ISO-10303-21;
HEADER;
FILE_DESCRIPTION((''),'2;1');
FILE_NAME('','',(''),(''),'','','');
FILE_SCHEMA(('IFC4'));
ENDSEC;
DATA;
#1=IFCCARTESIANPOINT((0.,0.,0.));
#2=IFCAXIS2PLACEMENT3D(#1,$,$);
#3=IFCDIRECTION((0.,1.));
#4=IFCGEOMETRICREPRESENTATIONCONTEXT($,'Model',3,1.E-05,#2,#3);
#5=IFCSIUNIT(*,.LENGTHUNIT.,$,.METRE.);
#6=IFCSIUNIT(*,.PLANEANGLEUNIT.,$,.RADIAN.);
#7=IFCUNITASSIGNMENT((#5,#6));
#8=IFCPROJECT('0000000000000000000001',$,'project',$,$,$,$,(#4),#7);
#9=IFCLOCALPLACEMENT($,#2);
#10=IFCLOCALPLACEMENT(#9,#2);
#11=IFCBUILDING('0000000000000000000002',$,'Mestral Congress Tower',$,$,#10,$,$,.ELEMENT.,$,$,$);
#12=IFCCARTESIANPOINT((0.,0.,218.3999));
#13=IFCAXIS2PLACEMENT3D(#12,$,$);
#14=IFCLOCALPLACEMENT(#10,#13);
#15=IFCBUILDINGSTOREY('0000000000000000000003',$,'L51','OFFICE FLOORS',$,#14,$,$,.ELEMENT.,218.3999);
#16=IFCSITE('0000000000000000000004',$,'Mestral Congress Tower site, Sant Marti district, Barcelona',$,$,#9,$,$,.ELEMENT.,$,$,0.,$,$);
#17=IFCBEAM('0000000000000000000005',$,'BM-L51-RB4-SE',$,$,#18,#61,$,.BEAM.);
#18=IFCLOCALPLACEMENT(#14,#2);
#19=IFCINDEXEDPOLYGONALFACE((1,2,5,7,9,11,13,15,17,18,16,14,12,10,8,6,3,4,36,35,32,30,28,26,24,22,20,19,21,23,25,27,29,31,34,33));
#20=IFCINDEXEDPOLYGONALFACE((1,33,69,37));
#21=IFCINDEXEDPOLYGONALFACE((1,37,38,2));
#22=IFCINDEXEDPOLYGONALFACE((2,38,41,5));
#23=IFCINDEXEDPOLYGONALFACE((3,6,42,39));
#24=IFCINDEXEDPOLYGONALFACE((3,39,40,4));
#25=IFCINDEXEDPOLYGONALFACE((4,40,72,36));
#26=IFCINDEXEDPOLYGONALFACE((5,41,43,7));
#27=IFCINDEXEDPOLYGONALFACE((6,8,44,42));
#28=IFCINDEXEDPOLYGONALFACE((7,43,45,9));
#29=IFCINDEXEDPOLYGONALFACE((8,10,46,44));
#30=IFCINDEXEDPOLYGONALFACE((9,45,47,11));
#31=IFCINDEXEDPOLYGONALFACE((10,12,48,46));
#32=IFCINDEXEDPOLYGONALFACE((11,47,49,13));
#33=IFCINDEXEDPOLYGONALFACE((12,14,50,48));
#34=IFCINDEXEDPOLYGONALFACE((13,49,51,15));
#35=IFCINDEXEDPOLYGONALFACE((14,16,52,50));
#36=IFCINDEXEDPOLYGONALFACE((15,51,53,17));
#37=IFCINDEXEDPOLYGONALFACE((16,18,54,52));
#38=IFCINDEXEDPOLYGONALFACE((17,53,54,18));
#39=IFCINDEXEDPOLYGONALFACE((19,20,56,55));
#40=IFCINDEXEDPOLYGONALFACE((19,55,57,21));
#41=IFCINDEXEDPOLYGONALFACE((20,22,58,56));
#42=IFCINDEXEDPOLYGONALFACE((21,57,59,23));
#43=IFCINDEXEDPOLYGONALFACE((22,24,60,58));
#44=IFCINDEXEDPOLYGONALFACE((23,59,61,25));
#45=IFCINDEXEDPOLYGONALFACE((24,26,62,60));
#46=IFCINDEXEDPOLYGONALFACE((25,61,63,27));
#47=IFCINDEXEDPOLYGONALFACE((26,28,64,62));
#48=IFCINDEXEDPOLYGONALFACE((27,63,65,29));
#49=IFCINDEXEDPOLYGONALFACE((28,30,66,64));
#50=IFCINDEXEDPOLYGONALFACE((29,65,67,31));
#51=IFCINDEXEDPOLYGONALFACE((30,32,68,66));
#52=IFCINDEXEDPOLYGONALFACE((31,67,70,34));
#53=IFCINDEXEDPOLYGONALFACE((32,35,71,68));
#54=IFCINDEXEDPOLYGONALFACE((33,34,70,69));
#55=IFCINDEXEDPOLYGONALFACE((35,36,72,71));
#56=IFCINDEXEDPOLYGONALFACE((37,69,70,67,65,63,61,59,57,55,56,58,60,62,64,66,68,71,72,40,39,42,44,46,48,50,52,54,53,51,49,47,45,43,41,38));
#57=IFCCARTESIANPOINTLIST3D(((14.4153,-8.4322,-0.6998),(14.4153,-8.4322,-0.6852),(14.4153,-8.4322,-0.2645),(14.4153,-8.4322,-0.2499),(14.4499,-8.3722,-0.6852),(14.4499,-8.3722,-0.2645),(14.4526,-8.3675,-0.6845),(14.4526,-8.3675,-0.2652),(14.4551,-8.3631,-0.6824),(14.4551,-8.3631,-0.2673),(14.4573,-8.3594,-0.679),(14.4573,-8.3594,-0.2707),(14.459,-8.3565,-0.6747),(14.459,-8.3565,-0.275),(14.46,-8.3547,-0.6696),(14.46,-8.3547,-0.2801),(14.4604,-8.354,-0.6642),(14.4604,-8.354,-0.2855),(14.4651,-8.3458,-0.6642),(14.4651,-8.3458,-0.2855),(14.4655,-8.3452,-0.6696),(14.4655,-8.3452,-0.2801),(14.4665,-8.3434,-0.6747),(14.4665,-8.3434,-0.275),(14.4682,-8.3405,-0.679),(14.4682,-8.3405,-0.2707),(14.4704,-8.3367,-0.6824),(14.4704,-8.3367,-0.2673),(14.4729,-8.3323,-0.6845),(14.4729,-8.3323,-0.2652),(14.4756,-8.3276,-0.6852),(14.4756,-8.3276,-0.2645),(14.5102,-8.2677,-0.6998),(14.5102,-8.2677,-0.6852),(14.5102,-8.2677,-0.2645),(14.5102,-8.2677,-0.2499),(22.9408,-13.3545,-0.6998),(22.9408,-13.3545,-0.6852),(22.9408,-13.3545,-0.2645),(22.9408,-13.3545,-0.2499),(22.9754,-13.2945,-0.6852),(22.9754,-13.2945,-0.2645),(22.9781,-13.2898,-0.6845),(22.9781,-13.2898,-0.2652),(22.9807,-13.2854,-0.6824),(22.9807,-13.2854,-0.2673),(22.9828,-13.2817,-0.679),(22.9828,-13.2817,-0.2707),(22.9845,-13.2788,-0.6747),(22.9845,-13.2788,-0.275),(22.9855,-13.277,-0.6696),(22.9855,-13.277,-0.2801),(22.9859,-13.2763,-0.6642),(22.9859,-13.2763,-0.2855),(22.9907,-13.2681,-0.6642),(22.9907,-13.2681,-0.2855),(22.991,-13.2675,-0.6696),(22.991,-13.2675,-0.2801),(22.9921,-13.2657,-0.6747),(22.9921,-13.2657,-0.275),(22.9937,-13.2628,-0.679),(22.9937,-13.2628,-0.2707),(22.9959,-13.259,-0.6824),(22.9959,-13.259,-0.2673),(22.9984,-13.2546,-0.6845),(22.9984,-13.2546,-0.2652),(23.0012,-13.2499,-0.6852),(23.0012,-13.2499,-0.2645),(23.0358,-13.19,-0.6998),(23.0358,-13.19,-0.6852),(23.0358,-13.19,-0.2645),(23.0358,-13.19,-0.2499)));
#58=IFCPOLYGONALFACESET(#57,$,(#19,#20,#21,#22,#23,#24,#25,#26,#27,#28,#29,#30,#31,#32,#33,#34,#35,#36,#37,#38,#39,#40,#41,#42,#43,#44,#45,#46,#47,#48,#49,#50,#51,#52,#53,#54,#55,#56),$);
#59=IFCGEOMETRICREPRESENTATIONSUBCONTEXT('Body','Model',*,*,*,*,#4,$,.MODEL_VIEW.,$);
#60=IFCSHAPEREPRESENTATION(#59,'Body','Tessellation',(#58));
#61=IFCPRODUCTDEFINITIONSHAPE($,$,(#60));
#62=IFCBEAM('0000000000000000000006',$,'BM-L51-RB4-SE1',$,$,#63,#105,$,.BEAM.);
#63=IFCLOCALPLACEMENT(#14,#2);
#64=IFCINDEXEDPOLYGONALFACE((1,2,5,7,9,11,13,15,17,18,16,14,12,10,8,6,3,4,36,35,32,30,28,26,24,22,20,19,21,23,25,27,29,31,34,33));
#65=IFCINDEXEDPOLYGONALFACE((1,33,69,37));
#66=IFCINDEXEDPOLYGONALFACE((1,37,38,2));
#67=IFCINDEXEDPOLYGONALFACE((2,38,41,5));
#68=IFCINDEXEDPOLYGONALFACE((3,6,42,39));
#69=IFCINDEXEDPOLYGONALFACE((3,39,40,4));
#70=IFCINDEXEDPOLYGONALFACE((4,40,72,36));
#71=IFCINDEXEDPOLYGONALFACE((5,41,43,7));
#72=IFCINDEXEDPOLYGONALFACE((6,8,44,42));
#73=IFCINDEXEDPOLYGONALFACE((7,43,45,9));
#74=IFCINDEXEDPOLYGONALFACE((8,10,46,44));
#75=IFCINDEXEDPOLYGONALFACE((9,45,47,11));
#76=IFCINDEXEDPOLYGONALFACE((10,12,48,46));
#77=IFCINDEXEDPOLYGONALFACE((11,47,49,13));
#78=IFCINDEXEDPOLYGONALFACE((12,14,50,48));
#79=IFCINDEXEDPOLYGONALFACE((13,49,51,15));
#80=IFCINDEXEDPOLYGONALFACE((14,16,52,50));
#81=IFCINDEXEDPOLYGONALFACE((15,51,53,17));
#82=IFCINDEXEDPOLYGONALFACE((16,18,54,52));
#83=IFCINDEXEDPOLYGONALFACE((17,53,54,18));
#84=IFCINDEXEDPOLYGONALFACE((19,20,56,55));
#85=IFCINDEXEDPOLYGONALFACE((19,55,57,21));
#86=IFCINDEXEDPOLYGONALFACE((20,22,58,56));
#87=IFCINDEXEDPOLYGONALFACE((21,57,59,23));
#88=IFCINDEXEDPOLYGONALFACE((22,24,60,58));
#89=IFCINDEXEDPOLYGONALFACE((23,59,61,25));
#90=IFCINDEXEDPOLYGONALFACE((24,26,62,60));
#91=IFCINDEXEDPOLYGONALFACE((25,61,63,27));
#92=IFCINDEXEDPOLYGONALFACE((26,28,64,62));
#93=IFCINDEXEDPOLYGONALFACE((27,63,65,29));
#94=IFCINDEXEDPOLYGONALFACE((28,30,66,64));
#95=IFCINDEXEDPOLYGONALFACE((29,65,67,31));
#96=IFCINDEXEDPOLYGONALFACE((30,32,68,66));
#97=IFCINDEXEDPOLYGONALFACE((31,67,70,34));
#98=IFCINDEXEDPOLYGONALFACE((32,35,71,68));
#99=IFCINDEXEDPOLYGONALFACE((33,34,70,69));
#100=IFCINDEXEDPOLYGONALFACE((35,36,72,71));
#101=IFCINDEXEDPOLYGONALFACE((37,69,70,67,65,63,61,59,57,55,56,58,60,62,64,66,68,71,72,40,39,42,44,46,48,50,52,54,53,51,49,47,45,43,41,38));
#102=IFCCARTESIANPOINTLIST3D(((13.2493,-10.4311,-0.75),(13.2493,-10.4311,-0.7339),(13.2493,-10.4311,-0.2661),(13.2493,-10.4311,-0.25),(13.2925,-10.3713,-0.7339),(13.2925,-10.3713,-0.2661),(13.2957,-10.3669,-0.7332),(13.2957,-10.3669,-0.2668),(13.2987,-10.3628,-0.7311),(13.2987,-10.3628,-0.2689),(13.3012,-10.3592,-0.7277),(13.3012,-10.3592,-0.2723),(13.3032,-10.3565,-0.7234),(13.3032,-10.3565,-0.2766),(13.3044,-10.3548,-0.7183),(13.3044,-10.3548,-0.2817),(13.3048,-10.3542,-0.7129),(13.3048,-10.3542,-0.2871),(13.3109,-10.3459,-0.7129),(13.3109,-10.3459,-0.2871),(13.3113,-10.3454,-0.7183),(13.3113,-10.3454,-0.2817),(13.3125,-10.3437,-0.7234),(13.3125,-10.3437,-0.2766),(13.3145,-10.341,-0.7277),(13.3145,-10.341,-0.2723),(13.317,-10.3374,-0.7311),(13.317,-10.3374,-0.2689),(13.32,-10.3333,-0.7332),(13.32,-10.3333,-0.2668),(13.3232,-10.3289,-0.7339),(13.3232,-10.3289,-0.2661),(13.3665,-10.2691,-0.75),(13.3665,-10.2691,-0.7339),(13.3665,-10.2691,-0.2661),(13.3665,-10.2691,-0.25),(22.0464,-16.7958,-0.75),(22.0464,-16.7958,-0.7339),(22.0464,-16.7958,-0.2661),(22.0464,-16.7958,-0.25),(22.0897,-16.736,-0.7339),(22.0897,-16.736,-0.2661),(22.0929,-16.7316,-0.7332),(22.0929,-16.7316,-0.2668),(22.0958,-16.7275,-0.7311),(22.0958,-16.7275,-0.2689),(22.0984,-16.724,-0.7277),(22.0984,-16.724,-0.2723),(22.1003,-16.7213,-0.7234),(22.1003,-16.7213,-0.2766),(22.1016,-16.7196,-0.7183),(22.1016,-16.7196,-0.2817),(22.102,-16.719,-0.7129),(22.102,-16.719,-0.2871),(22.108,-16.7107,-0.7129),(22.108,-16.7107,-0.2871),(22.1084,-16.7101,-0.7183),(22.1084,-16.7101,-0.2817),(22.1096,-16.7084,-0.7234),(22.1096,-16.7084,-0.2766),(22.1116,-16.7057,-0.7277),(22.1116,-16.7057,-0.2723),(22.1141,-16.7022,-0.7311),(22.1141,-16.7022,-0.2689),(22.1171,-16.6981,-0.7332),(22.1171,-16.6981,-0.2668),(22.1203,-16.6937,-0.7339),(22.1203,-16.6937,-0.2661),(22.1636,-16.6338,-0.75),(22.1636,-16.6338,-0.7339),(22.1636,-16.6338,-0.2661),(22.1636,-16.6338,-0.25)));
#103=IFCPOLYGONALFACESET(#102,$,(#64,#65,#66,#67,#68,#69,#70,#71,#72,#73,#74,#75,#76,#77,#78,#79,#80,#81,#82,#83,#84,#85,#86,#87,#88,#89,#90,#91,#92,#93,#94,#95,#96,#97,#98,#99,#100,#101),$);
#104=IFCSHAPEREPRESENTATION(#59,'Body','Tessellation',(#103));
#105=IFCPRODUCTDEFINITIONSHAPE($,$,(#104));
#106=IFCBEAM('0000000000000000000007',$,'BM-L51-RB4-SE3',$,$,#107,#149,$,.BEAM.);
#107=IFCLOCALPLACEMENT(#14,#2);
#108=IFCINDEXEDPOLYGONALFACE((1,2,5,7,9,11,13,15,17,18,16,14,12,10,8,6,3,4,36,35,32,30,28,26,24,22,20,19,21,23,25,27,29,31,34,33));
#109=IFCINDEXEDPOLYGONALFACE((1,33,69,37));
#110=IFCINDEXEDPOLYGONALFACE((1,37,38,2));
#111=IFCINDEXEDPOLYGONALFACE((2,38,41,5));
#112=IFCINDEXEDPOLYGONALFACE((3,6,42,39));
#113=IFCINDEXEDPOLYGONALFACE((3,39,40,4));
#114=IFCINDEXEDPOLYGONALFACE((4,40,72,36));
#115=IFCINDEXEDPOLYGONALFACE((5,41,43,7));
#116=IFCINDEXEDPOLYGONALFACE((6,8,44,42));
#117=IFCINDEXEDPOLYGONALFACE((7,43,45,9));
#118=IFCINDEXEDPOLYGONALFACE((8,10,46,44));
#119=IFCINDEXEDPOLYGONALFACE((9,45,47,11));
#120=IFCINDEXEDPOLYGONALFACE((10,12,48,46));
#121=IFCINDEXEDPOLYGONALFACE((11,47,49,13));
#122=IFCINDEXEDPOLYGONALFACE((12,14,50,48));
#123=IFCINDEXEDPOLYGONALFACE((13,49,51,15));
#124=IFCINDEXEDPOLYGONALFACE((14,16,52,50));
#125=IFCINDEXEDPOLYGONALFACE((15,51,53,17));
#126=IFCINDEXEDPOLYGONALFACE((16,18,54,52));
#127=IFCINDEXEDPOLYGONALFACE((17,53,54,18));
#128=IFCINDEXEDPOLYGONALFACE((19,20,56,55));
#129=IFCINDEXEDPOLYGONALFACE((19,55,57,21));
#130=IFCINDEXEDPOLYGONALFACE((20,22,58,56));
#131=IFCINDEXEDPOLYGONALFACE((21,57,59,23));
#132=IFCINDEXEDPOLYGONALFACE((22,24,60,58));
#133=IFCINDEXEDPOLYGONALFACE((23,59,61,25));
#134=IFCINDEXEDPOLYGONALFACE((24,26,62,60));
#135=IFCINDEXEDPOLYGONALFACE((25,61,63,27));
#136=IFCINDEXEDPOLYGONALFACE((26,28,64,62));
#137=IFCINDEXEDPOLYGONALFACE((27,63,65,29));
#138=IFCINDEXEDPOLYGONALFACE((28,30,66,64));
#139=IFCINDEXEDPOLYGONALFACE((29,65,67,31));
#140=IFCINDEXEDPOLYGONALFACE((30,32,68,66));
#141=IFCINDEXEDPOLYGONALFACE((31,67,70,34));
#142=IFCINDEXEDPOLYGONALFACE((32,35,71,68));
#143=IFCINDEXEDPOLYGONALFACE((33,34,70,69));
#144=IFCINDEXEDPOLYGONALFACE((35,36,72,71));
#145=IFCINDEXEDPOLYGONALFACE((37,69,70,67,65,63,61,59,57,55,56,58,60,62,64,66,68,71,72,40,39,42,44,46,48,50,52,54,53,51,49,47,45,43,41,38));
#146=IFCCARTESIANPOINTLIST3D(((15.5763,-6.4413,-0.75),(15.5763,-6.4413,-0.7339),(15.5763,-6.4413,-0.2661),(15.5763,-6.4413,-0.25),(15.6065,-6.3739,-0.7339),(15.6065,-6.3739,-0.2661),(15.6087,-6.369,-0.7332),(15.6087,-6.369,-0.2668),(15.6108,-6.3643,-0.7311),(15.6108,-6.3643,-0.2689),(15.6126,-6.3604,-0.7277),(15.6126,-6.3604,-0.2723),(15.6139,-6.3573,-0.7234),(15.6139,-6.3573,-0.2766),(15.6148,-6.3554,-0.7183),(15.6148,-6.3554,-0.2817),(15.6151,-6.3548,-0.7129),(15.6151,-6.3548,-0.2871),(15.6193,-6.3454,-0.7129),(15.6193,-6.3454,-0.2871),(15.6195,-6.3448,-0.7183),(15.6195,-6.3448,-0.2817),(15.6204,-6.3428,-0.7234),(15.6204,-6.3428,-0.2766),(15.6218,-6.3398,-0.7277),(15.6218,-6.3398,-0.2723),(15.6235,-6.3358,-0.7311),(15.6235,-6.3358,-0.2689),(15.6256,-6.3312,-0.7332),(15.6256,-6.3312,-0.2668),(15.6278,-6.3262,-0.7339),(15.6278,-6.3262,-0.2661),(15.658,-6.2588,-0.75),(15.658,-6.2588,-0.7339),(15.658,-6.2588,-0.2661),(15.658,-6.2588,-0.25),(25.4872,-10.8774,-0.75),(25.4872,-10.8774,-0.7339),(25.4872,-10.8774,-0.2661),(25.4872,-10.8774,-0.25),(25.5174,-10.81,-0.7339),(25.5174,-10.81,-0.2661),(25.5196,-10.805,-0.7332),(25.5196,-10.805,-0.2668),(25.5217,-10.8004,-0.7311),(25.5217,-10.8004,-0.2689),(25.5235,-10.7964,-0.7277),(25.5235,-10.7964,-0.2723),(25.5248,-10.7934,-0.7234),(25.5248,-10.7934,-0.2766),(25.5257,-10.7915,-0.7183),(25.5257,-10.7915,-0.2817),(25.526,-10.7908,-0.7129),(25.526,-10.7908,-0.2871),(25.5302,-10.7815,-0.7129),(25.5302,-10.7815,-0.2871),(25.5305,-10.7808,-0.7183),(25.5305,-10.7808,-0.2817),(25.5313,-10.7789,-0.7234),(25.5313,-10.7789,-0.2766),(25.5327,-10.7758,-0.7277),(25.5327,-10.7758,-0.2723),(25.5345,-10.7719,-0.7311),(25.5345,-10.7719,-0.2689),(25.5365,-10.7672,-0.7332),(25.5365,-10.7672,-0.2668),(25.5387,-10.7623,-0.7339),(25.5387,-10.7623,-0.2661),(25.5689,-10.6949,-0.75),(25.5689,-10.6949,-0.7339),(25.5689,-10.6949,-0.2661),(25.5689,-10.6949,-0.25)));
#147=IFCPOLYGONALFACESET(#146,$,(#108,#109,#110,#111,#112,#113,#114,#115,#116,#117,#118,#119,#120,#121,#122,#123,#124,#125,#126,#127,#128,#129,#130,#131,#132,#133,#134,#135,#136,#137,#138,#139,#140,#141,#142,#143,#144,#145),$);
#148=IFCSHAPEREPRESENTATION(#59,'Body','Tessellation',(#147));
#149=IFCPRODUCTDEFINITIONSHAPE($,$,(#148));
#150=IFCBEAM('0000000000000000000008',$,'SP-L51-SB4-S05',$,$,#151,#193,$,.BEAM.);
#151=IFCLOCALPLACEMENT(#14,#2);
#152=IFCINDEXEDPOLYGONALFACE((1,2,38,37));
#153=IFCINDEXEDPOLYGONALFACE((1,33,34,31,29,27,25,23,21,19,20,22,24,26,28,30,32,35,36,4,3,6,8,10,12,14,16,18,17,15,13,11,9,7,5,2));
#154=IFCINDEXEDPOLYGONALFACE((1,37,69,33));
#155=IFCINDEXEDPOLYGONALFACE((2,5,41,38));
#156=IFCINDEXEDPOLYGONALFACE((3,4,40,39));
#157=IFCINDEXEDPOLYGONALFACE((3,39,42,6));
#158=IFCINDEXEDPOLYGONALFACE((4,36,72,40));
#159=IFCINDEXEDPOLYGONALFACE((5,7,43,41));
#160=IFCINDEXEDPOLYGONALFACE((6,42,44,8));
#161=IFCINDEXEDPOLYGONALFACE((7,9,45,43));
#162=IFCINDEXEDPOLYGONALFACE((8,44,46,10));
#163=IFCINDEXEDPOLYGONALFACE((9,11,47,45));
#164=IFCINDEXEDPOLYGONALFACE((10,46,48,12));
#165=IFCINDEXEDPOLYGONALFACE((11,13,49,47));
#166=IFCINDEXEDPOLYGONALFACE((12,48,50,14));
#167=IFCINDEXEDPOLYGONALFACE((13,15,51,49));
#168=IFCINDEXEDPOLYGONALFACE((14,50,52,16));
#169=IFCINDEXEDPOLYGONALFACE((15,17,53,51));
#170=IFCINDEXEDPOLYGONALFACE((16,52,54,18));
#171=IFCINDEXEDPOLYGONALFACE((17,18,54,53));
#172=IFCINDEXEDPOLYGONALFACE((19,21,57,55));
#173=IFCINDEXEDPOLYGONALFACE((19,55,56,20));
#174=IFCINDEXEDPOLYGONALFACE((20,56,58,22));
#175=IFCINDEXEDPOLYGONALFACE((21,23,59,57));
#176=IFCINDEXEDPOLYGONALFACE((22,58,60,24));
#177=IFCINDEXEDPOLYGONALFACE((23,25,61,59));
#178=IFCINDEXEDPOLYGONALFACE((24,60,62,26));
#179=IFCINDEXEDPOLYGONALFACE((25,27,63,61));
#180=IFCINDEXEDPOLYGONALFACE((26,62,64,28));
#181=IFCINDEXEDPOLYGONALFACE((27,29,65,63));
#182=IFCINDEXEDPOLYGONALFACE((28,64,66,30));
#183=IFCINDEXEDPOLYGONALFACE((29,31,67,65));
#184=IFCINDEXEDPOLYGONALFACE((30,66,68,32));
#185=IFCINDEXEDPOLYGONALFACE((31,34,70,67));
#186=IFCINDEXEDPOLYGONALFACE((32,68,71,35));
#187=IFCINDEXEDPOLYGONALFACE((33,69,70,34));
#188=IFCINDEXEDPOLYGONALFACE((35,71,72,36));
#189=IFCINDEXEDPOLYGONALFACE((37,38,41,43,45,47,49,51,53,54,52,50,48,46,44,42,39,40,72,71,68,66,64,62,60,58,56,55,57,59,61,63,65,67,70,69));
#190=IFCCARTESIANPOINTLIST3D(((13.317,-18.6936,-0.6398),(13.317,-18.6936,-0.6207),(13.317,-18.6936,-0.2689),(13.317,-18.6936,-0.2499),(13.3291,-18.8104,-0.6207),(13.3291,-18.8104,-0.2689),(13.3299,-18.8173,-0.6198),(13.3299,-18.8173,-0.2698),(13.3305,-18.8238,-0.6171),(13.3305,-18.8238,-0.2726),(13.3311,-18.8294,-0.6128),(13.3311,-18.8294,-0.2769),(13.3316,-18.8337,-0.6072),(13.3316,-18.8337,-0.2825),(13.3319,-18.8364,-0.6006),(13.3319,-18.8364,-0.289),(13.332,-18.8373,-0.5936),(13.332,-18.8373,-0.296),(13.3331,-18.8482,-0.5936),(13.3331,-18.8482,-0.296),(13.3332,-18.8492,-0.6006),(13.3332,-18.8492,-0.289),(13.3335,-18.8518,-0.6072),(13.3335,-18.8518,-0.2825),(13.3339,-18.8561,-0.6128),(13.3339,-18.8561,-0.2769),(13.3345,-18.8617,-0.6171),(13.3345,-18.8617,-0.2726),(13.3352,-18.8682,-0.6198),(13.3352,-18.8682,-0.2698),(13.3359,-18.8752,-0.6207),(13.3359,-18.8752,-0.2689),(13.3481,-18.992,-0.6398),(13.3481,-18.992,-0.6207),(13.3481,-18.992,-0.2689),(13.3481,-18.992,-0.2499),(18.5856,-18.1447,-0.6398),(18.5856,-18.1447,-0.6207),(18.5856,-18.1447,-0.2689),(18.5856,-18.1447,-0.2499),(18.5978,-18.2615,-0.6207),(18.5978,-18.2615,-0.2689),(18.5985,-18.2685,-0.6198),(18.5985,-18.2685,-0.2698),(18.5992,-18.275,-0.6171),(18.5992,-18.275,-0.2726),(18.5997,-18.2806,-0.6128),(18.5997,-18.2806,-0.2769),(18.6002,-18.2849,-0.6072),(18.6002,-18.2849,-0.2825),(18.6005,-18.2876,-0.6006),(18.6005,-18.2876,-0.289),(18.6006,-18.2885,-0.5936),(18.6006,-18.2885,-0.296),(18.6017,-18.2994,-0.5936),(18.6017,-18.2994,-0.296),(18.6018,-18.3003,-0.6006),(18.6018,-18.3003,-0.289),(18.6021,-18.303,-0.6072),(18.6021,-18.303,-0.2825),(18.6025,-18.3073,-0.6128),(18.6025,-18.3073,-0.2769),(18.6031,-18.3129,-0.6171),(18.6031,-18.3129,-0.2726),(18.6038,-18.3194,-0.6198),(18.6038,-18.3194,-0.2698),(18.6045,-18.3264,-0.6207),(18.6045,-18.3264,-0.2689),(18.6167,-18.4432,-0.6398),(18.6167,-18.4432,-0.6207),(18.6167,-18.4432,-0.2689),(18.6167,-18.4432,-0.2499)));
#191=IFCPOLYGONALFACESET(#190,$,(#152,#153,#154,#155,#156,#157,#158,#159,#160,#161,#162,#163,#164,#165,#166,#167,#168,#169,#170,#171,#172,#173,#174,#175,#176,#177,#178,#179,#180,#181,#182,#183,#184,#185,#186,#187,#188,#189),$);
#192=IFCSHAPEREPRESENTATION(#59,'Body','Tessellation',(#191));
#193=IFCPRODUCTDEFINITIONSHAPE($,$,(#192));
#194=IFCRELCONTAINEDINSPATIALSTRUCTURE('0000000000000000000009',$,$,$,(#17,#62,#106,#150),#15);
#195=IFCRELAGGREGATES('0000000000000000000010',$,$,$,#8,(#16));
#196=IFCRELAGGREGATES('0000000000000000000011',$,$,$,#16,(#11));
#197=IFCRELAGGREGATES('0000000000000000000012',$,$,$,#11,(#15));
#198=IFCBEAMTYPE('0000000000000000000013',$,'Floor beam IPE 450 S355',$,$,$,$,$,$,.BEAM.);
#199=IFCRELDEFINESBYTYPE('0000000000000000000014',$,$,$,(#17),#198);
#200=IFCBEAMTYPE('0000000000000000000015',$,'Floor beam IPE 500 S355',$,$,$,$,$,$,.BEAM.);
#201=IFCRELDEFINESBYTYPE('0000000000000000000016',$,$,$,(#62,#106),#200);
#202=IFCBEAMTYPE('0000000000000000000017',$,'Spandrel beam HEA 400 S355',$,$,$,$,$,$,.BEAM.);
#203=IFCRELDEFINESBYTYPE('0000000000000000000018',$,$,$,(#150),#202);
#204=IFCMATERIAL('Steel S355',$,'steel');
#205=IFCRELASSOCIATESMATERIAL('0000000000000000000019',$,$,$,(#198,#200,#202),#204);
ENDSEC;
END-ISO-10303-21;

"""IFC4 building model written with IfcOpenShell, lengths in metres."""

from ifc_helpers import new_model, si_unit, direction, frame, origin, origin_2d, place, context, subcontext, project, spatial, i_section, extrude, material, material_profile, profile_set, type_object, element, save


model = new_model("IFC4")

# Units and contexts
model_context = context("Model", 3, precision=1e-05, world=origin(), true_north=direction((0.0, 1.0)))
body_context = subcontext(model_context, "Body", "Model", "MODEL_VIEW")
ifc_project = project(units=[si_unit("LENGTHUNIT", "METRE"), si_unit("PLANEANGLEUNIT", "RADIAN")], contexts=[model_context])

# Site, building, storey
site_placement = place(None, origin())
site = spatial("IfcSite", under=ifc_project, at=site_placement, Name="Mestral Congress Tower site, Sant Marti district, Barcelona", CompositionType="ELEMENT", RefElevation=0.0)
building_placement = place(site_placement, origin())
building = spatial("IfcBuilding", under=site, at=building_placement, Name="Mestral Congress Tower", CompositionType="ELEMENT")
storey_placement = place(building_placement, frame((0.0, 0.0, 218.3999)))
storey = spatial("IfcBuildingStorey", under=building, at=storey_placement, Name="L51", Description="OFFICE FLOORS", CompositionType="ELEMENT", Elevation=218.3999)

# Beams
ifc_material_1 = material(Name="Steel S355", Category="steel")
ifc_material_profile_1 = material_profile(ifc_material_1, i_section(OverallWidth=0.1899, OverallDepth=0.45, WebThickness=0.0095, FlangeThickness=0.0146, FilletRadius=0.021, at=origin_2d()), Name="IPE 450")
ifc_profile_set_1 = profile_set([ifc_material_profile_1], Name="Steel S355")
beam_type_1 = type_object("IfcBeamType", Name="Floor beam IPE 450 S355", PredefinedType="BEAM", material=ifc_profile_set_1)
beam_1_placement = place(storey_placement, frame((22.9883, -13.2722, -0.4749), z_axis=(-0.866022, 0.500007, 0.0), x_axis=(-0.500007, -0.866022, 0.0)))
element("IfcBeam", 1, at=beam_1_placement, inside=storey, type_object=beam_type_1, Name="BM-L51-RB4-SE", PredefinedType="BEAM", context=body_context, shape_type="SweptSolid", body=[
    extrude(i_section(OverallWidth=0.1899, OverallDepth=0.45, WebThickness=0.0095, FlangeThickness=0.0146, FilletRadius=0.021, at=origin_2d()), origin(), (0.0, 0.0, 1.0), 9.8445),
])
ifc_material_profile_2 = material_profile(ifc_material_1, i_section(OverallWidth=0.2, OverallDepth=0.5, WebThickness=0.0103, FlangeThickness=0.0161, FilletRadius=0.021, at=origin_2d()), Name="IPE 500")
ifc_profile_set_2 = profile_set([ifc_material_profile_2], Name="Steel S355")
beam_type_2 = type_object("IfcBeamType", Name="Floor beam IPE 500 S355", PredefinedType="BEAM", material=ifc_profile_set_2)
beam_2_placement = place(storey_placement, frame((22.105, -16.7148, -0.5), z_axis=(-0.810186, 0.586173, 0.0), x_axis=(-0.586173, -0.810186, 0.0)))
element("IfcBeam", 2, at=beam_2_placement, inside=storey, type_object=beam_type_2, Name="BM-L51-RB4-SE1", PredefinedType="BEAM", context=body_context, shape_type="SweptSolid", body=[
    extrude(i_section(OverallWidth=0.2, OverallDepth=0.5, WebThickness=0.0103, FlangeThickness=0.0161, FilletRadius=0.021, at=origin_2d()), origin(), (0.0, 0.0, 1.0), 10.8582),
])
beam_3_placement = place(storey_placement, frame((25.5281, -10.7861, -0.5), z_axis=(-0.912742, 0.408536, 0.0), x_axis=(-0.408536, -0.912742, 0.0)))
element("IfcBeam", 3, at=beam_3_placement, inside=storey, type_object=beam_type_2, Name="BM-L51-RB4-SE3", PredefinedType="BEAM", context=body_context, shape_type="SweptSolid", body=[
    extrude(i_section(OverallWidth=0.2, OverallDepth=0.5, WebThickness=0.0103, FlangeThickness=0.0161, FilletRadius=0.021, at=origin_2d()), origin(), (0.0, 0.0, 1.0), 10.8584),
])
ifc_material_profile_3 = material_profile(ifc_material_1, i_section(OverallWidth=0.3, OverallDepth=0.3899, WebThickness=0.011, FlangeThickness=0.019, FilletRadius=0.0271, at=origin_2d()), Name="HEA 400")
ifc_profile_set_3 = profile_set([ifc_material_profile_3], Name="Steel S355")
beam_type_3 = type_object("IfcBeamType", Name="Spandrel beam HEA 400 S355", PredefinedType="BEAM", material=ifc_profile_set_3)
beam_4_placement = place(storey_placement, frame((13.3325, -18.8428, -0.4448), z_axis=(0.994618, 0.10361, 0.0), x_axis=(-0.10361, 0.994618, 0.0)))
element("IfcBeam", 4, at=beam_4_placement, inside=storey, type_object=beam_type_3, Name="SP-L51-SB4-S05", PredefinedType="BEAM", context=body_context, shape_type="SweptSolid", body=[
    extrude(i_section(OverallWidth=0.3, OverallDepth=0.3899, WebThickness=0.011, FlangeThickness=0.019, FilletRadius=0.0271, at=origin_2d()), origin(), (0.0, 0.0, 1.0), 5.2971),
])

save(model, "model.ifc")
